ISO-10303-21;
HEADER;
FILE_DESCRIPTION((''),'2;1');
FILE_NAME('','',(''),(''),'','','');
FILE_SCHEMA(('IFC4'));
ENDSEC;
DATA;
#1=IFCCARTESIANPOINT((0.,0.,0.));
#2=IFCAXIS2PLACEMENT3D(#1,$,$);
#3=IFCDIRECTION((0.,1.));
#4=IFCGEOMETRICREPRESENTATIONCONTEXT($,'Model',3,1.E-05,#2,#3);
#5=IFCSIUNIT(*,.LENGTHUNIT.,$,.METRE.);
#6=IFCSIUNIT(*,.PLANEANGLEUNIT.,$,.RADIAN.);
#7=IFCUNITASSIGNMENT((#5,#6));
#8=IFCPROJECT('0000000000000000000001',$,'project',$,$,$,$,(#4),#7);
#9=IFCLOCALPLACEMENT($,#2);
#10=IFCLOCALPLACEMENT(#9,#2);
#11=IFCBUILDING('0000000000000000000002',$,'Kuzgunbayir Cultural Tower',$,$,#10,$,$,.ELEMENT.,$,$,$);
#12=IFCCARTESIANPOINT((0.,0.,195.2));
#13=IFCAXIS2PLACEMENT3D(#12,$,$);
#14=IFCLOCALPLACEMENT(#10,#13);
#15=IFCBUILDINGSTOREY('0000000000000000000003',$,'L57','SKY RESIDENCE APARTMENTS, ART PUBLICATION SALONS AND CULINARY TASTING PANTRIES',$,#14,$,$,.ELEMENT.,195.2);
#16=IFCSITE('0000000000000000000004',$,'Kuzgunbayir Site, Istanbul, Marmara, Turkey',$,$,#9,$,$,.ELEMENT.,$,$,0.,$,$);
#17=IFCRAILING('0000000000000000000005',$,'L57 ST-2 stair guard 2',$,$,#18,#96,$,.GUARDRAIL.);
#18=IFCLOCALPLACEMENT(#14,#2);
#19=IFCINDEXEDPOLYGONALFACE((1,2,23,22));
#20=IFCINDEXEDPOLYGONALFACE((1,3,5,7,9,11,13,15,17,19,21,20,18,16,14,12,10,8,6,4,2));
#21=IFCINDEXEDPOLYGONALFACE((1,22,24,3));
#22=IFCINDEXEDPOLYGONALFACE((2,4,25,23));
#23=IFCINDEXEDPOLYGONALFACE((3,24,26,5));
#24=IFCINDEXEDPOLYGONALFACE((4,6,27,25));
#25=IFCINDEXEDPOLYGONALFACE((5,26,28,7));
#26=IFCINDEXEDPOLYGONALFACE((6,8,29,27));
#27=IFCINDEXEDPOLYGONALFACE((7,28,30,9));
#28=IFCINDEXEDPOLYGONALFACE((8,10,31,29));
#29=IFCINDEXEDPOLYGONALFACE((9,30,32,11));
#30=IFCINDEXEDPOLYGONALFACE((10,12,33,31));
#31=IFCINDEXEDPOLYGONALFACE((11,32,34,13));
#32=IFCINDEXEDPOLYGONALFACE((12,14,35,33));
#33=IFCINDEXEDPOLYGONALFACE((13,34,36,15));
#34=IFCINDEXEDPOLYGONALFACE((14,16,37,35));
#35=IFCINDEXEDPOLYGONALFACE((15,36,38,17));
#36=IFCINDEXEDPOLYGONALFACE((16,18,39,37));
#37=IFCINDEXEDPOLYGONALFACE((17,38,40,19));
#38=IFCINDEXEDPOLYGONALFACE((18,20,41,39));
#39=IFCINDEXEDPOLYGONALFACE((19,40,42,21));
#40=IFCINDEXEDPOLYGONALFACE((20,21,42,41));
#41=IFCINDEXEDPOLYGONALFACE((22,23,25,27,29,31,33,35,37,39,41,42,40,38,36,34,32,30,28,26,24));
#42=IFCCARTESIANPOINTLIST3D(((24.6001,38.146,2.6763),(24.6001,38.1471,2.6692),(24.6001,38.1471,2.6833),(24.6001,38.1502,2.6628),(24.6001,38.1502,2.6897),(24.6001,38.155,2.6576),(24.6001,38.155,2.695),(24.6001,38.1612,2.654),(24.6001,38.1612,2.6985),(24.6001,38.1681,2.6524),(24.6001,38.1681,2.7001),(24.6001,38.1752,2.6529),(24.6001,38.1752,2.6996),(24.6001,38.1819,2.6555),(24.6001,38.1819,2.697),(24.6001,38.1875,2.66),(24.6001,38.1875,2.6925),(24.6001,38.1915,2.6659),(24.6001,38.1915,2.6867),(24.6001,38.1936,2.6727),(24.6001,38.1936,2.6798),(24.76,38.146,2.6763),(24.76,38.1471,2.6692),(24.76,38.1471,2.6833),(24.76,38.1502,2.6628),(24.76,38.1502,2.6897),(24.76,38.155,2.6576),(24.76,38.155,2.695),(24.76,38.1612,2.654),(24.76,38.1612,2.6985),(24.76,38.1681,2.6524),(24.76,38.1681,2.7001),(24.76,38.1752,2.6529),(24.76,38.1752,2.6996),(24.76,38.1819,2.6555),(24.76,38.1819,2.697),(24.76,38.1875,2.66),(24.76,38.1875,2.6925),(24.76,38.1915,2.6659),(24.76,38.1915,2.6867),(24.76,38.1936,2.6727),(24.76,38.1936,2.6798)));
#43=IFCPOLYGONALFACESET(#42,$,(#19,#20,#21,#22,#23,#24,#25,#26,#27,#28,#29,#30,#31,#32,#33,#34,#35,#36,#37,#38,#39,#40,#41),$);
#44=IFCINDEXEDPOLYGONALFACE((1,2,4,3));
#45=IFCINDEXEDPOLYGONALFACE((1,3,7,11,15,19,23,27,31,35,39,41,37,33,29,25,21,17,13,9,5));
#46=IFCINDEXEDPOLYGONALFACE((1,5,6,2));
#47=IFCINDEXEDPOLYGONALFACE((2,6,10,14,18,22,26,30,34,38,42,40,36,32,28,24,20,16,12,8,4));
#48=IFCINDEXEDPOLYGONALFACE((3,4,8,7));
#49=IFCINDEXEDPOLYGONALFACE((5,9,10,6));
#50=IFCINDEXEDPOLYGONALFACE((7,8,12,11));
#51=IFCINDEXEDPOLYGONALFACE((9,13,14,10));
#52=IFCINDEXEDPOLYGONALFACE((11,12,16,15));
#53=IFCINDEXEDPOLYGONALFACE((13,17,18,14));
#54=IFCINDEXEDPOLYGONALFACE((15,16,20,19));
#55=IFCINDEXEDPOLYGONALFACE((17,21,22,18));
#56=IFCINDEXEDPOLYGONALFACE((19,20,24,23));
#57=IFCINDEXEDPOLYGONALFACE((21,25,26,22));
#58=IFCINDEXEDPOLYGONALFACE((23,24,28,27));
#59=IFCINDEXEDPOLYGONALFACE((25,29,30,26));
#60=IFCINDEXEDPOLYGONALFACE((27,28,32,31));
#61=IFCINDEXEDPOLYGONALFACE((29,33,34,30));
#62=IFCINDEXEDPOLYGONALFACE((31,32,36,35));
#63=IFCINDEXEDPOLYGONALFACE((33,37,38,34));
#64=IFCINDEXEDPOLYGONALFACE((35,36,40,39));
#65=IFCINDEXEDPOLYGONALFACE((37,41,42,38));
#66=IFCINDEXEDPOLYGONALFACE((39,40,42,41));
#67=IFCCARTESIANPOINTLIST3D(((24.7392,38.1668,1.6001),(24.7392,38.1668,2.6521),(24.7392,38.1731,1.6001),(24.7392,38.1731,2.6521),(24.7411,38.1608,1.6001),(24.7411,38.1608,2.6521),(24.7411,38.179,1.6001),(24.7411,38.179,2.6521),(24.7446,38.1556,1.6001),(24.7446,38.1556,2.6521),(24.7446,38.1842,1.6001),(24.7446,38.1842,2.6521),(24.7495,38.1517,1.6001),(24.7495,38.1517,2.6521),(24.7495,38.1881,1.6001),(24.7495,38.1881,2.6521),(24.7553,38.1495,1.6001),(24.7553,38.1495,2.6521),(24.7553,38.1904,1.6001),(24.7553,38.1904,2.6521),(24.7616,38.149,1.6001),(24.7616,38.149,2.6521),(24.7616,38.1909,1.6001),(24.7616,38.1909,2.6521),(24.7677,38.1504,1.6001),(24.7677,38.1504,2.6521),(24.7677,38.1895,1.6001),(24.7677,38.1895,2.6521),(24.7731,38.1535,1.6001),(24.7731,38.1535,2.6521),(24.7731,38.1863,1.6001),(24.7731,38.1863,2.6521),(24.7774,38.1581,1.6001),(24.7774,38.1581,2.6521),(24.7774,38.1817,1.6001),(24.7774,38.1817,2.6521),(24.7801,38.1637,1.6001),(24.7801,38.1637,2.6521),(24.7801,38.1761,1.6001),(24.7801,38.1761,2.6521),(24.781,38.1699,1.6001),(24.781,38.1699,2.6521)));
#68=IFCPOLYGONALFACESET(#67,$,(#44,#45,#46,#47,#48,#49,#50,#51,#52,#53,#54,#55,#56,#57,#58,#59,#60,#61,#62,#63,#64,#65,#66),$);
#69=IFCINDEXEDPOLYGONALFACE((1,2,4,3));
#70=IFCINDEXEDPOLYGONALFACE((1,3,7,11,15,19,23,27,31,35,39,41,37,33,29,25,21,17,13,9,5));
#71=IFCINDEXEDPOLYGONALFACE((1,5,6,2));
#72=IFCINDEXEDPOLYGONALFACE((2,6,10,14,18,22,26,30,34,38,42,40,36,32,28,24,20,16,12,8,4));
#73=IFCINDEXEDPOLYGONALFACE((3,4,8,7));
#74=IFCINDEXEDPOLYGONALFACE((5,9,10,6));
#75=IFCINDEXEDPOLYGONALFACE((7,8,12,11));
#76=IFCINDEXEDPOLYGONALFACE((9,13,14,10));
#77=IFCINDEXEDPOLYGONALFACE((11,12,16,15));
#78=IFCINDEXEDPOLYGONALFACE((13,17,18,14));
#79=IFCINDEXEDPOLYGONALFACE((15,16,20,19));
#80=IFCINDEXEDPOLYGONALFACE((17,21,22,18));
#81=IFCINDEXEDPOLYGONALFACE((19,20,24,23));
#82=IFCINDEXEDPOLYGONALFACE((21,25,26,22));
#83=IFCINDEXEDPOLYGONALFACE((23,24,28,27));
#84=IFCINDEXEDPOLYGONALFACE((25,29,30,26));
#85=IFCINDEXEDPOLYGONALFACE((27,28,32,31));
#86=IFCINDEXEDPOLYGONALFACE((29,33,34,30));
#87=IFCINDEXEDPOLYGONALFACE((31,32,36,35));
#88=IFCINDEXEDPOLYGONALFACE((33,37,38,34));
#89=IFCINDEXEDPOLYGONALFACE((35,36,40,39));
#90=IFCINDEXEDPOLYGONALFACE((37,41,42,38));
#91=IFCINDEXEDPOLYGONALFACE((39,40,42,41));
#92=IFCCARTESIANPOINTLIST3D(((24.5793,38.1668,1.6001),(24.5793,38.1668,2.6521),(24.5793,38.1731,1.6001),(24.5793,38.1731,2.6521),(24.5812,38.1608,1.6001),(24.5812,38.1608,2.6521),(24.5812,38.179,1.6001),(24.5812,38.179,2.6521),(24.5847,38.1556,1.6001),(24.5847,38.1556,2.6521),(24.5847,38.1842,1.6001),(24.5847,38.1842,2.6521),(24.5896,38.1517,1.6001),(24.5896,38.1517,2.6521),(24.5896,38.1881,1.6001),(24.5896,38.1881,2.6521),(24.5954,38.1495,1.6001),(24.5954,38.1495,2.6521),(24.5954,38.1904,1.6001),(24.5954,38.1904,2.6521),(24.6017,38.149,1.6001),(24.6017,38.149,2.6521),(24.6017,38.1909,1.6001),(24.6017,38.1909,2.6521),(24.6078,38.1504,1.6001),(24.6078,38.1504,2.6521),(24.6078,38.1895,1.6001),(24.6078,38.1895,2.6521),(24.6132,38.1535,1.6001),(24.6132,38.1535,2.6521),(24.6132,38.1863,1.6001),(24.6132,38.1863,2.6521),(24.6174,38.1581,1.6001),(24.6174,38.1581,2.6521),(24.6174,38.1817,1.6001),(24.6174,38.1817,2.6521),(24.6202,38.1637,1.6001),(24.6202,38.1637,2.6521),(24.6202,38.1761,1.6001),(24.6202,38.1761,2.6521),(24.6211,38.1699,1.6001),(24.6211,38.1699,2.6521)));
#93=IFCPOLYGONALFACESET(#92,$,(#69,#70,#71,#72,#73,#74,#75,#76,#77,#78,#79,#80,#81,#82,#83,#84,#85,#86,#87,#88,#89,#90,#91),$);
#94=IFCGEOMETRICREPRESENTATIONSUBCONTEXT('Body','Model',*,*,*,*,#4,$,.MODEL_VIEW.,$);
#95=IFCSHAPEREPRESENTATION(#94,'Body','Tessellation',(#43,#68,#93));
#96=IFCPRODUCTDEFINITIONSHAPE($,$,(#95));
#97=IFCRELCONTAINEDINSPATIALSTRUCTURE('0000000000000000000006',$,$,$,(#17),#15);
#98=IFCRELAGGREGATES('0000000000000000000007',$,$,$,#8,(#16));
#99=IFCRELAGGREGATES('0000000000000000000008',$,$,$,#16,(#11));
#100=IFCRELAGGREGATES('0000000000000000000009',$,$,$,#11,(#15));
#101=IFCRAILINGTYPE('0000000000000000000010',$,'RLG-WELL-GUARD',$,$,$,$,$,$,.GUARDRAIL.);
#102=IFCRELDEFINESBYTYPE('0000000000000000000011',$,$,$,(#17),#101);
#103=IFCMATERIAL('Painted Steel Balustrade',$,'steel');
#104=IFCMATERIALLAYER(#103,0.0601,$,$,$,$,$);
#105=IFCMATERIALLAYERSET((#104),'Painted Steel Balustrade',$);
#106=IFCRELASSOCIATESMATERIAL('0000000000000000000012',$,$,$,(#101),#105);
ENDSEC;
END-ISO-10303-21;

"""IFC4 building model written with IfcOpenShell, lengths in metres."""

from ifc_helpers import new_model, si_unit, direction, frame, origin, origin_2d, place, context, subcontext, project, spatial, circle, extrude, material, layer, layer_set, type_object, element, save


model = new_model("IFC4")

# Units and contexts
model_context = context("Model", 3, precision=1e-05, world=origin(), true_north=direction((0.0, 1.0)))
body_context = subcontext(model_context, "Body", "Model", "MODEL_VIEW")
ifc_project = project(units=[si_unit("LENGTHUNIT", "METRE"), si_unit("PLANEANGLEUNIT", "RADIAN")], contexts=[model_context])

# Site, building, storey
site_placement = place(None, origin())
site = spatial("IfcSite", under=ifc_project, at=site_placement, Name="Kuzgunbayir Site, Istanbul, Marmara, Turkey", CompositionType="ELEMENT", RefElevation=0.0)
building_placement = place(site_placement, origin())
building = spatial("IfcBuilding", under=site, at=building_placement, Name="Kuzgunbayir Cultural Tower", CompositionType="ELEMENT")
storey_placement = place(building_placement, frame((0.0, 0.0, 195.2)))
storey = spatial("IfcBuildingStorey", under=building, at=storey_placement, Name="L57", Description="SKY RESIDENCE APARTMENTS, ART PUBLICATION SALONS AND CULINARY TASTING PANTRIES", CompositionType="ELEMENT", Elevation=195.2)

# Railing
ifc_material_1 = material(Name="Painted Steel Balustrade", Category="steel")
ifc_layer_1 = layer(ifc_material_1, 0.0601)
ifc_layer_set_1 = layer_set([ifc_layer_1], Name="Painted Steel Balustrade")
railing_type_1 = type_object("IfcRailingType", Name="RLG-WELL-GUARD", PredefinedType="GUARDRAIL", material=ifc_layer_set_1)
railing_1_placement = place(storey_placement, frame((24.76, 38.1699, 1.6001)))
element("IfcRailing", 1, at=railing_1_placement, inside=storey, type_object=railing_type_1, Name="L57 ST-2 stair guard 2", PredefinedType="GUARDRAIL", context=body_context, shape_type="SweptSolid", body=[
    extrude(circle(Radius=0.0239, at=origin_2d()), frame((0.0, 0.0, 1.0762), z_axis=(-1.0, 0.0, 0.0), x_axis=(0.0, -1.0, 0.0)), (0.0, 0.0, 1.0), 0.1599),
    extrude(circle(Radius=0.021, at=origin_2d()), origin(), (0.0, 0.0, 1.0), 1.052),
    extrude(circle(Radius=0.021, at=origin_2d()), frame((-0.1599, 0.0, 0.0)), (0.0, 0.0, 1.0), 1.052),
])

save(model, "model.ifc")
